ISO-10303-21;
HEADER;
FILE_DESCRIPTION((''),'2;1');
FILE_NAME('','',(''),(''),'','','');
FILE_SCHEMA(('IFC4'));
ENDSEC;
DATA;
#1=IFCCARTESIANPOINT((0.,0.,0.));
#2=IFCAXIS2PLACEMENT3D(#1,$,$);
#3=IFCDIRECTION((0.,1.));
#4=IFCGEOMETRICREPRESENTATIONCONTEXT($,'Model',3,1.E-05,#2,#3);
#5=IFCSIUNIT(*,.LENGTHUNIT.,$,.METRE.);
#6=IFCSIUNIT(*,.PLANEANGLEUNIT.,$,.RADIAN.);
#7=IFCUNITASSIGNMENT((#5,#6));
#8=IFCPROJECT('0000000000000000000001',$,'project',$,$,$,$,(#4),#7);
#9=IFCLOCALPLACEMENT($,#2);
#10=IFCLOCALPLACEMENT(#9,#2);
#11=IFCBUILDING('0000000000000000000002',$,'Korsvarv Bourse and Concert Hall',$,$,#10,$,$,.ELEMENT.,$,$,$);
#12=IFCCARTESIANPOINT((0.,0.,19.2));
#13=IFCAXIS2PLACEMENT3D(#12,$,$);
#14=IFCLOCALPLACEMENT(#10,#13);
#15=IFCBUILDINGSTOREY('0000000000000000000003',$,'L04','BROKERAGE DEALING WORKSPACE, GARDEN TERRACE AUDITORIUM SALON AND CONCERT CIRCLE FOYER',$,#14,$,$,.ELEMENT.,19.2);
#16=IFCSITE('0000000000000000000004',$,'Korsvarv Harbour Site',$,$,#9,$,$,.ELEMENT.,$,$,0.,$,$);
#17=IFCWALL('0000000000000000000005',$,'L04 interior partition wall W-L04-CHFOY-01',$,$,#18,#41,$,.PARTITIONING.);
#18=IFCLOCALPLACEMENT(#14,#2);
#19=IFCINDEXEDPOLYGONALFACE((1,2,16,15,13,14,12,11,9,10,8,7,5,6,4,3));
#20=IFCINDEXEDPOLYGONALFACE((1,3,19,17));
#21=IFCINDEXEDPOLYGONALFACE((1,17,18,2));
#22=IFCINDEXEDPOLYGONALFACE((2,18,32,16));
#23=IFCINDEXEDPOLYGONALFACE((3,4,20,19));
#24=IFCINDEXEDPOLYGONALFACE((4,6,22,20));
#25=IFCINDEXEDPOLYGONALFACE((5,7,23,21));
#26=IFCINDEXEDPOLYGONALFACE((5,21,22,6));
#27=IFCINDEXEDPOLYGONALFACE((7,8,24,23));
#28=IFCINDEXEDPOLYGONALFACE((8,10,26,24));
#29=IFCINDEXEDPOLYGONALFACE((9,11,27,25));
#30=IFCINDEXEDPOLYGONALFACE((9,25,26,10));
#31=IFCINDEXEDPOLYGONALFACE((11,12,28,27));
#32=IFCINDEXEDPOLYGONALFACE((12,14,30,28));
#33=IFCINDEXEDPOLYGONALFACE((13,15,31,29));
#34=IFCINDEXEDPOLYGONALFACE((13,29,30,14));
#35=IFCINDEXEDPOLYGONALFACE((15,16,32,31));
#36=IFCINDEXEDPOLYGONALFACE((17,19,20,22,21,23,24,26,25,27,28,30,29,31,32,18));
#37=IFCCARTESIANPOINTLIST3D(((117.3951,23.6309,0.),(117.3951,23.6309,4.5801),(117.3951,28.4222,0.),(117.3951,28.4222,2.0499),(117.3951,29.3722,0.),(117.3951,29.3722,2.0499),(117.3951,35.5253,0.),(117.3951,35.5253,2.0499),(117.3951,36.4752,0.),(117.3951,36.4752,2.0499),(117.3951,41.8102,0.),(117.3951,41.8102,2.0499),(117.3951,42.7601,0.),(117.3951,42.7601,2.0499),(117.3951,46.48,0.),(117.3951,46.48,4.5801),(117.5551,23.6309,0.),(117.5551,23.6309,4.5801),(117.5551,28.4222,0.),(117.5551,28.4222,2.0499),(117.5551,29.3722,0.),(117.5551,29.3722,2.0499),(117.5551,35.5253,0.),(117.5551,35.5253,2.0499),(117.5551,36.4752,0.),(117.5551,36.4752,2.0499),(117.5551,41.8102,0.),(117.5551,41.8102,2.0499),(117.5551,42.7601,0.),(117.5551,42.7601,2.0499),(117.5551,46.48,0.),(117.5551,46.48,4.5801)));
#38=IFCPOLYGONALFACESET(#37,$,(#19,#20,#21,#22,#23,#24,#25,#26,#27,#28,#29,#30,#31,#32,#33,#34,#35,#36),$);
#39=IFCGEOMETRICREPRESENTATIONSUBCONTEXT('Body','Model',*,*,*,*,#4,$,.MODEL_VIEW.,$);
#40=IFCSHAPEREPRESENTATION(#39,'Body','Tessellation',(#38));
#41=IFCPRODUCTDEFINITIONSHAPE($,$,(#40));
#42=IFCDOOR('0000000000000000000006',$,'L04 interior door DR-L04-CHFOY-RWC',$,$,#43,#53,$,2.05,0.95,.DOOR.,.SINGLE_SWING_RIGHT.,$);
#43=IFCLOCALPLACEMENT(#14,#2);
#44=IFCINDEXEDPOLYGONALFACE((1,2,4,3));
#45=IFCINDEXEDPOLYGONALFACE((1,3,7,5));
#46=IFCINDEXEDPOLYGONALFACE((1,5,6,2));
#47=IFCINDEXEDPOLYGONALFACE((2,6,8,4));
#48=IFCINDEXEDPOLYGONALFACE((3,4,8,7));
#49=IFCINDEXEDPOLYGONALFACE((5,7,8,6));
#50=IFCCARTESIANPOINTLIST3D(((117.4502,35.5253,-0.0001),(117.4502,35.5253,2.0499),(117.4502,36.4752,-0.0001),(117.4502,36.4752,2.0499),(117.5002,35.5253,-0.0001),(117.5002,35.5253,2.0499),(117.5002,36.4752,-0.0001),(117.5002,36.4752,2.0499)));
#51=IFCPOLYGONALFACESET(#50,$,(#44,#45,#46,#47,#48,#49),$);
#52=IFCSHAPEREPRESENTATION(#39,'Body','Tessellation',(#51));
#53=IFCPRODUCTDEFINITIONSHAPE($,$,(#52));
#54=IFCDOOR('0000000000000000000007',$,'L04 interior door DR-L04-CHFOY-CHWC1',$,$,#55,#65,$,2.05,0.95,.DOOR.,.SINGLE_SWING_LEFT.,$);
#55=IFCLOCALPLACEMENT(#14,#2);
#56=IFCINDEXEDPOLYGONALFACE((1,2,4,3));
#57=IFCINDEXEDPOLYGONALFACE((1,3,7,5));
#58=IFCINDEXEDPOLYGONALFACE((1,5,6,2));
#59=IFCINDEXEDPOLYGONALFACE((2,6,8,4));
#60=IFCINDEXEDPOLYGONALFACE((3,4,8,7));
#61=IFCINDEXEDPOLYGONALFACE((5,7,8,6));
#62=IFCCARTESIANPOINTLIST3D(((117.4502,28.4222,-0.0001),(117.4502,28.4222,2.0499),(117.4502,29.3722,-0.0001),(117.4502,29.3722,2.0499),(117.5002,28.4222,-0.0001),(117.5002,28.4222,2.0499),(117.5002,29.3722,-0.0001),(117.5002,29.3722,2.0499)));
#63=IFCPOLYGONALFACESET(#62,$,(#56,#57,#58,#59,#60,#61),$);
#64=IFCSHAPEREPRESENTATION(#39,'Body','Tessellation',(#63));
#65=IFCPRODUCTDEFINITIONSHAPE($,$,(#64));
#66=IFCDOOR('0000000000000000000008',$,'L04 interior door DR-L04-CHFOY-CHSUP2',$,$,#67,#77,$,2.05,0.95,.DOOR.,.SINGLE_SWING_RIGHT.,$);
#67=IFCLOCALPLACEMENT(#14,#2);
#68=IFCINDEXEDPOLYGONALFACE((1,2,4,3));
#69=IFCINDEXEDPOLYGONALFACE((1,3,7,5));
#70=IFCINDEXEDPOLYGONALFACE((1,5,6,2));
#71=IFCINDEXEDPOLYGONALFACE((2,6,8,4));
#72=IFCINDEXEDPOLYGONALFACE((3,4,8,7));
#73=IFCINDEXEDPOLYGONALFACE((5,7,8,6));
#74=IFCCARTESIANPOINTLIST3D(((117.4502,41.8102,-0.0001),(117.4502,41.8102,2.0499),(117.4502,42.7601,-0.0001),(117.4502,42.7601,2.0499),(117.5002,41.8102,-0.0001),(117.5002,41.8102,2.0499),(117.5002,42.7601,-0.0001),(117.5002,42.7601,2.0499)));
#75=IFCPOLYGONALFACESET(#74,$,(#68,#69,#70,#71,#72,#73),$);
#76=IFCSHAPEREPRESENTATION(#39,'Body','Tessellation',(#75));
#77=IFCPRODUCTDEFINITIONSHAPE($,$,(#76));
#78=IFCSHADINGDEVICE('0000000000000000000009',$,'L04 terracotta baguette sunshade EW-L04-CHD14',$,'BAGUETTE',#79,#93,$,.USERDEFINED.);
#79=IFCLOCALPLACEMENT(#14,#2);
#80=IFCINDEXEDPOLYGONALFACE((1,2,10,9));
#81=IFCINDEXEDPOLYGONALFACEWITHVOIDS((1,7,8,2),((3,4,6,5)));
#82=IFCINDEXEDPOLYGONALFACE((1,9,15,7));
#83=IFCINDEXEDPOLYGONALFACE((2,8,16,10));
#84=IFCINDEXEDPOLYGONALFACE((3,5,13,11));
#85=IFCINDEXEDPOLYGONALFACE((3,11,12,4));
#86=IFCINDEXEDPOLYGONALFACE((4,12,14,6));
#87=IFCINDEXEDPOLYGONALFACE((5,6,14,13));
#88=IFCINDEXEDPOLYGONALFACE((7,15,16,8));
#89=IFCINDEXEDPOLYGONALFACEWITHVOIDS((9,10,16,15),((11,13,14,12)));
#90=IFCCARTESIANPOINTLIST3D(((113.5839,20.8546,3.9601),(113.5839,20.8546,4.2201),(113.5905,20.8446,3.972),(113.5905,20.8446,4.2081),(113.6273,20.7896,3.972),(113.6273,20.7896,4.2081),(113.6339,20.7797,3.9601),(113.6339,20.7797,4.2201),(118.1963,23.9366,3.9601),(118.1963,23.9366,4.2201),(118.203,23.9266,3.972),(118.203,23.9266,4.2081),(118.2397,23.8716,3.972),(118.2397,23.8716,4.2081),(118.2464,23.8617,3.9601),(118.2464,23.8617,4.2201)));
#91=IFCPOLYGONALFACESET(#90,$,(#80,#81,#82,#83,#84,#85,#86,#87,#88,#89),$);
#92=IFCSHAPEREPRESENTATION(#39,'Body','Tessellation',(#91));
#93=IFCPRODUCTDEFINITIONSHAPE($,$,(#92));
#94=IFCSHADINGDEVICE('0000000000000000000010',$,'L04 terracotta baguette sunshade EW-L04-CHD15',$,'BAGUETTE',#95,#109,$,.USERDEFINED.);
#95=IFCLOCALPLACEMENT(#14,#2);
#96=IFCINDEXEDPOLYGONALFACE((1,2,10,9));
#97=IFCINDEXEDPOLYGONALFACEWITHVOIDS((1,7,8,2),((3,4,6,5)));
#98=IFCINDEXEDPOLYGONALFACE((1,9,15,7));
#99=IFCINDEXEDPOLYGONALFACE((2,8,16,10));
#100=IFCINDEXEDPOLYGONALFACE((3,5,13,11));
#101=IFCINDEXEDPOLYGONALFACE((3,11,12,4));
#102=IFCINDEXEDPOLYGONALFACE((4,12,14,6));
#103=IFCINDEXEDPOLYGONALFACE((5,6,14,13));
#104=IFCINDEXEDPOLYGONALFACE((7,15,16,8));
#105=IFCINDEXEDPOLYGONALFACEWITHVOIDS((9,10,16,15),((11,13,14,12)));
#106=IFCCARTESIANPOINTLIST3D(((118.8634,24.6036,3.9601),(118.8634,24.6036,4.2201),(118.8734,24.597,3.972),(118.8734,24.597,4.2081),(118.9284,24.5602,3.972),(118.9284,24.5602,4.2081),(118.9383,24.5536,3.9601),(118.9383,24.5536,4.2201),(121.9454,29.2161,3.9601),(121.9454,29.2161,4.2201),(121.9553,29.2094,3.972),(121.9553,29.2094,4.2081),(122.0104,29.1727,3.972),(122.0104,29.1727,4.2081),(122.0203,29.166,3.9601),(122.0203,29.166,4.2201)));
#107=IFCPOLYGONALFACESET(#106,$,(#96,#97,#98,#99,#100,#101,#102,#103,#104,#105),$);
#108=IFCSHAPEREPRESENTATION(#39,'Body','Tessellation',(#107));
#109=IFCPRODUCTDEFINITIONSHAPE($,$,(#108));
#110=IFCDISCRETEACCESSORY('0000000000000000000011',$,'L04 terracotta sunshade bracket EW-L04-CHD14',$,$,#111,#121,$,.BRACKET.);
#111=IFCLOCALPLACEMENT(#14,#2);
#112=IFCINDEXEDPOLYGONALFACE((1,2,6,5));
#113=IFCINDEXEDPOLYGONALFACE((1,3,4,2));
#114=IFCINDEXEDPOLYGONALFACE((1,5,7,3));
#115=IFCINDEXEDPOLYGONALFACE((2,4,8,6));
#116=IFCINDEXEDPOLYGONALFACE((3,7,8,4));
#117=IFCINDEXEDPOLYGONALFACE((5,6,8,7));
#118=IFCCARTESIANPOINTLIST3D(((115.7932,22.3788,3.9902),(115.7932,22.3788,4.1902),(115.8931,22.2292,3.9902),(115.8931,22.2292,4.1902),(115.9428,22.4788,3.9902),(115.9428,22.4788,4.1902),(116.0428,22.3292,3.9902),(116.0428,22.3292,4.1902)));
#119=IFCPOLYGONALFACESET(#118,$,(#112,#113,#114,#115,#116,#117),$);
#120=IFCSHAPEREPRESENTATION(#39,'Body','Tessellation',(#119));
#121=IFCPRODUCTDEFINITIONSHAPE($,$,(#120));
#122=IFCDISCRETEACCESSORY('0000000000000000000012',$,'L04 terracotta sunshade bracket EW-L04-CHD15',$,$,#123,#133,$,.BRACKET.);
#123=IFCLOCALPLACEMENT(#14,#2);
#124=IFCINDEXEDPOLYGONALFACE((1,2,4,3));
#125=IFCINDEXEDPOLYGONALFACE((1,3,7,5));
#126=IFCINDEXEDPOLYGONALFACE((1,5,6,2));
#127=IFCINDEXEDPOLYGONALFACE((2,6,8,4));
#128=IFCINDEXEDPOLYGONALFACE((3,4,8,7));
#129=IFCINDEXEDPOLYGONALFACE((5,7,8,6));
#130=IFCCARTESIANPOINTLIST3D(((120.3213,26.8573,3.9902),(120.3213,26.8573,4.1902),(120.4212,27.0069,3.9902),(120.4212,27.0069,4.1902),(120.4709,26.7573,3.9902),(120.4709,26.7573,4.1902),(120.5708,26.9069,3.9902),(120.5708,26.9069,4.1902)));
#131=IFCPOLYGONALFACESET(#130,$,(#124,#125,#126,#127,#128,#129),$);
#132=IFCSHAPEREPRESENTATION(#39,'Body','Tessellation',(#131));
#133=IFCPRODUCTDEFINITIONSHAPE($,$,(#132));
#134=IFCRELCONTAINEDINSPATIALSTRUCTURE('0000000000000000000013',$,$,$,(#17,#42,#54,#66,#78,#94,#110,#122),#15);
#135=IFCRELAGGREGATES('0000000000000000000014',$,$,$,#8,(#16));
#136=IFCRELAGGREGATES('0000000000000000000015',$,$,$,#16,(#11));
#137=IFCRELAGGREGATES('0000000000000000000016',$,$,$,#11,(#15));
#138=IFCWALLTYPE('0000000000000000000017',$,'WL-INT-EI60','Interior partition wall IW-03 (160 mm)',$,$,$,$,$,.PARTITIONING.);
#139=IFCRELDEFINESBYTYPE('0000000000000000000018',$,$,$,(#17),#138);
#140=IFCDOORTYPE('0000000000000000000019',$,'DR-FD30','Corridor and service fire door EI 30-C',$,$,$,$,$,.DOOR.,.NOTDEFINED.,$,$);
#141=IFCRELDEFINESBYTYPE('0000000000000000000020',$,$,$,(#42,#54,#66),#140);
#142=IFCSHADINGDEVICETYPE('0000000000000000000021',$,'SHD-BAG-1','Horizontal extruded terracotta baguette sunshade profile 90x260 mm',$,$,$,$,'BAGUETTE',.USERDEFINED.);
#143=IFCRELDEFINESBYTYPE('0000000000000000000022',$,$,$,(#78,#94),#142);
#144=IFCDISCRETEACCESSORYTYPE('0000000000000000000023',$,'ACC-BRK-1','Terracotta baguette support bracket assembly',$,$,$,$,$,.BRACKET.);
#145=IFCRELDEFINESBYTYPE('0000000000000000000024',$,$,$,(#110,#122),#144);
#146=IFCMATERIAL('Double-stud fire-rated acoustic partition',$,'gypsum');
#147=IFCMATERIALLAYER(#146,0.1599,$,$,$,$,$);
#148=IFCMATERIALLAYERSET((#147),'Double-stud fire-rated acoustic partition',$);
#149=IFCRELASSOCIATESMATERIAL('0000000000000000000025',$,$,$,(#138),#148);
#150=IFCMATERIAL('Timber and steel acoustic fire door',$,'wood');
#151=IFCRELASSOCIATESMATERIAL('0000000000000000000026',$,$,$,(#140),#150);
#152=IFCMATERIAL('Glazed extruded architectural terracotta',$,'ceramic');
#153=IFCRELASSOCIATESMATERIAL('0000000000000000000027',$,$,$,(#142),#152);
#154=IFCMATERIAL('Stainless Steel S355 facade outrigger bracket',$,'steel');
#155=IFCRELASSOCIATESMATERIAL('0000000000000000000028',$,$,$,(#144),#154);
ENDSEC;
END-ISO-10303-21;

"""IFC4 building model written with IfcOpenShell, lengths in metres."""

from ifc_helpers import new_model, si_unit, direction, frame, frame_2d, origin, origin_2d, place, context, subcontext, project, spatial, rectangle, hollow_rectangle, extrude, source, transform, mapped, material, layer, layer_set, material_profile, profile_set, type_object, element, fill, save


model = new_model("IFC4")

# Units and contexts
model_context = context("Model", 3, precision=1e-05, world=origin(), true_north=direction((0.0, 1.0)))
body_context = subcontext(model_context, "Body", "Model", "MODEL_VIEW")
ifc_project = project(units=[si_unit("LENGTHUNIT", "METRE"), si_unit("PLANEANGLEUNIT", "RADIAN")], contexts=[model_context])

# Site, building, storey
site_placement = place(None, origin())
site = spatial("IfcSite", under=ifc_project, at=site_placement, Name="Korsvarv Harbour Site", CompositionType="ELEMENT", RefElevation=0.0)
building_placement = place(site_placement, origin())
building = spatial("IfcBuilding", under=site, at=building_placement, Name="Korsvarv Bourse and Concert Hall", CompositionType="ELEMENT")
storey_placement = place(building_placement, frame((0.0, 0.0, 19.2)))
storey = spatial("IfcBuildingStorey", under=building, at=storey_placement, Name="L04", Description="BROKERAGE DEALING WORKSPACE, GARDEN TERRACE AUDITORIUM SALON AND CONCERT CIRCLE FOYER", CompositionType="ELEMENT", Elevation=19.2)

# Wall, openings, doors
ifc_material_1 = material(Name="Double-stud fire-rated acoustic partition", Category="gypsum")
ifc_layer_1 = layer(ifc_material_1, 0.1599)
ifc_layer_set_1 = layer_set([ifc_layer_1], Name="Double-stud fire-rated acoustic partition")
wall_type_1 = type_object("IfcWallType", Name="WL-INT-EI60", Description="Interior partition wall IW-03 (160 mm)", PredefinedType="PARTITIONING", material=ifc_layer_set_1)
wall_1_placement = place(storey_placement, frame((117.4751, 23.6309, 0.0), z_axis=(0.0, 0.0, 1.0), x_axis=(0.0, 1.0, 0.0)))
wall_1 = element("IfcWall", 1, at=wall_1_placement, inside=storey, type_object=wall_type_1, Name="L04 interior partition wall W-L04-CHFOY-01", PredefinedType="PARTITIONING", context=body_context, shape_type="SweptSolid", body=[
    extrude(rectangle(XDim=22.8491, YDim=0.1599, at=frame_2d((11.4246, 0.0))), origin(), (0.0, 0.0, 1.0), 4.5801),
])
opening_1_placement = place(wall_1_placement, frame((11.8943, 0.0, 0.0)))
opening_1 = element("IfcOpeningElement", 2, at=opening_1_placement, cuts=wall_1, PredefinedType="OPENING", context=body_context, shape_type="SweptSolid", body=[
    extrude(rectangle(XDim=0.95, YDim=2.05, at=frame_2d((0.4751, 1.0249))), frame((0.0, 0.0898, 0.0), z_axis=(0.0, -1.0, 0.0), x_axis=(1.0, 0.0, 0.0)), (0.0, 0.0, 1.0), 0.1799),
])
opening_2_placement = place(wall_1_placement, frame((4.7913, 0.0, 0.0)))
opening_2 = element("IfcOpeningElement", 3, at=opening_2_placement, cuts=wall_1, PredefinedType="OPENING", context=body_context, shape_type="SweptSolid", body=[
    extrude(rectangle(XDim=0.95, YDim=2.05, at=frame_2d((0.4751, 1.0249))), frame((0.0, 0.0898, 0.0), z_axis=(0.0, -1.0, 0.0), x_axis=(1.0, 0.0, 0.0)), (0.0, 0.0, 1.0), 0.1799),
])
opening_3_placement = place(wall_1_placement, frame((18.1792, 0.0, 0.0)))
opening_3 = element("IfcOpeningElement", 4, at=opening_3_placement, cuts=wall_1, PredefinedType="OPENING", context=body_context, shape_type="SweptSolid", body=[
    extrude(rectangle(XDim=0.95, YDim=2.05, at=frame_2d((0.4751, 1.0249))), frame((0.0, 0.0898, 0.0), z_axis=(0.0, -1.0, 0.0), x_axis=(1.0, 0.0, 0.0)), (0.0, 0.0, 1.0), 0.1799),
])
ifc_material_2 = material(Name="Timber and steel acoustic fire door", Category="wood")
door_type = type_object("IfcDoorType", Name="DR-FD30", Description="Corridor and service fire door EI 30-C", OperationType="NOTDEFINED", PredefinedType="DOOR", material=ifc_material_2)
door_1_placement = place(opening_1_placement, origin())
door_1 = element("IfcDoor", 5, at=door_1_placement, inside=storey, type_object=door_type, Name="L04 interior door DR-L04-CHFOY-RWC", OperationType="SINGLE_SWING_RIGHT", OverallHeight=2.05, OverallWidth=0.95, PredefinedType="DOOR", context=body_context, shape_type="SweptSolid", body=[
    extrude(rectangle(XDim=0.95, YDim=2.05, at=frame_2d((0.4751, 1.0249))), frame((0.0, 0.0249, 0.0), z_axis=(0.0, -1.0, 0.0), x_axis=(1.0, 0.0, 0.0)), (0.0, 0.0, 1.0), 0.05),
])
fill(opening_1, door_1)
door_2_placement = place(opening_2_placement, origin())
door_2 = element("IfcDoor", 6, at=door_2_placement, inside=storey, type_object=door_type, Name="L04 interior door DR-L04-CHFOY-CHWC1", OperationType="SINGLE_SWING_LEFT", OverallHeight=2.05, OverallWidth=0.95, PredefinedType="DOOR", context=body_context, shape_type="SweptSolid", body=[
    extrude(rectangle(XDim=0.95, YDim=2.05, at=frame_2d((0.4751, 1.0249))), frame((0.0, 0.0249, 0.0), z_axis=(0.0, -1.0, 0.0), x_axis=(1.0, 0.0, 0.0)), (0.0, 0.0, 1.0), 0.05),
])
fill(opening_2, door_2)
door_3_placement = place(opening_3_placement, origin())
door_3 = element("IfcDoor", 7, at=door_3_placement, inside=storey, type_object=door_type, Name="L04 interior door DR-L04-CHFOY-CHSUP2", OperationType="SINGLE_SWING_RIGHT", OverallHeight=2.05, OverallWidth=0.95, PredefinedType="DOOR", context=body_context, shape_type="SweptSolid", body=[
    extrude(rectangle(XDim=0.95, YDim=2.05, at=frame_2d((0.4751, 1.0249))), frame((0.0, 0.0249, 0.0), z_axis=(0.0, -1.0, 0.0), x_axis=(1.0, 0.0, 0.0)), (0.0, 0.0, 1.0), 0.05),
])
fill(opening_3, door_3)

# Shading devices
ifc_material_3 = material(Name="Glazed extruded architectural terracotta", Category="ceramic")
ifc_material_profile_1 = material_profile(ifc_material_3, hollow_rectangle(XDim=0.0901, YDim=0.26, WallThickness=0.012, at=origin_2d()), Name="TC-BAG 90x260")
ifc_profile_set_1 = profile_set([ifc_material_profile_1], Name="Glazed extruded architectural terracotta")
shading_device_type = type_object("IfcShadingDeviceType", Name="SHD-BAG-1", Description="Horizontal extruded terracotta baguette sunshade profile 90x260 mm", ElementType="BAGUETTE", PredefinedType="USERDEFINED", material=ifc_profile_set_1)
shared_shape_1 = source(origin(), body_context, "Body", "SweptSolid", [
    extrude(hollow_rectangle(XDim=0.0901, YDim=0.26, WallThickness=0.012, at=origin_2d()), origin(), (0.0, 0.0, 1.0), 5.5474),
])
for number, where, z_axis, x_axis, name in (
    (8, (113.6089, 20.8171, 4.0901), (0.831468, 0.555573, 0.0), (-0.555573, 0.831468, 0.0), "L04 terracotta baguette sunshade EW-L04-CHD14"),
    (9, (118.9009, 24.5786, 4.0901), (0.555573, 0.831468, 0.0), (-0.831468, 0.555573, 0.0), "L04 terracotta baguette sunshade EW-L04-CHD15"),
):
    element("IfcShadingDevice", number, at=place(storey_placement, frame(where, z_axis=z_axis, x_axis=x_axis)), inside=storey, type_object=shading_device_type, Name=name, ObjectType="BAGUETTE", PredefinedType="USERDEFINED", context=body_context, shape_type="MappedRepresentation", body=[
        mapped(shared_shape_1, transform((0.0, 0.0, 0.0), scale=1.0)),
    ])

# Discrete accessories
ifc_material_4 = material(Name="Stainless Steel S355 facade outrigger bracket", Category="steel")
discrete_accessory_type = type_object("IfcDiscreteAccessoryType", Name="ACC-BRK-1", Description="Terracotta baguette support bracket assembly", PredefinedType="BRACKET", material=ifc_material_4)
shared_shape_2 = source(origin(), body_context, "Body", "SweptSolid", [
    extrude(rectangle(XDim=0.1799, YDim=0.1799, at=origin_2d()), origin(), (0.0, 0.0, 1.0), 0.2),
])
for number, where, z_axis, x_axis, name in (
    (10, (115.918, 22.354, 3.9902), (0.0, 0.0, 1.0), (0.83147, 0.55557, 0.0), "L04 terracotta sunshade bracket EW-L04-CHD14"),
    (11, (120.446, 26.8821, 3.9902), (0.0, 0.0, 1.0), (0.55557, 0.83147, 0.0), "L04 terracotta sunshade bracket EW-L04-CHD15"),
):
    element("IfcDiscreteAccessory", number, at=place(storey_placement, frame(where, z_axis=z_axis, x_axis=x_axis)), inside=storey, type_object=discrete_accessory_type, Name=name, PredefinedType="BRACKET", context=body_context, shape_type="MappedRepresentation", body=[
        mapped(shared_shape_2, transform((0.0, 0.0, 0.0), scale=1.0)),
    ])

save(model, "model.ifc")
